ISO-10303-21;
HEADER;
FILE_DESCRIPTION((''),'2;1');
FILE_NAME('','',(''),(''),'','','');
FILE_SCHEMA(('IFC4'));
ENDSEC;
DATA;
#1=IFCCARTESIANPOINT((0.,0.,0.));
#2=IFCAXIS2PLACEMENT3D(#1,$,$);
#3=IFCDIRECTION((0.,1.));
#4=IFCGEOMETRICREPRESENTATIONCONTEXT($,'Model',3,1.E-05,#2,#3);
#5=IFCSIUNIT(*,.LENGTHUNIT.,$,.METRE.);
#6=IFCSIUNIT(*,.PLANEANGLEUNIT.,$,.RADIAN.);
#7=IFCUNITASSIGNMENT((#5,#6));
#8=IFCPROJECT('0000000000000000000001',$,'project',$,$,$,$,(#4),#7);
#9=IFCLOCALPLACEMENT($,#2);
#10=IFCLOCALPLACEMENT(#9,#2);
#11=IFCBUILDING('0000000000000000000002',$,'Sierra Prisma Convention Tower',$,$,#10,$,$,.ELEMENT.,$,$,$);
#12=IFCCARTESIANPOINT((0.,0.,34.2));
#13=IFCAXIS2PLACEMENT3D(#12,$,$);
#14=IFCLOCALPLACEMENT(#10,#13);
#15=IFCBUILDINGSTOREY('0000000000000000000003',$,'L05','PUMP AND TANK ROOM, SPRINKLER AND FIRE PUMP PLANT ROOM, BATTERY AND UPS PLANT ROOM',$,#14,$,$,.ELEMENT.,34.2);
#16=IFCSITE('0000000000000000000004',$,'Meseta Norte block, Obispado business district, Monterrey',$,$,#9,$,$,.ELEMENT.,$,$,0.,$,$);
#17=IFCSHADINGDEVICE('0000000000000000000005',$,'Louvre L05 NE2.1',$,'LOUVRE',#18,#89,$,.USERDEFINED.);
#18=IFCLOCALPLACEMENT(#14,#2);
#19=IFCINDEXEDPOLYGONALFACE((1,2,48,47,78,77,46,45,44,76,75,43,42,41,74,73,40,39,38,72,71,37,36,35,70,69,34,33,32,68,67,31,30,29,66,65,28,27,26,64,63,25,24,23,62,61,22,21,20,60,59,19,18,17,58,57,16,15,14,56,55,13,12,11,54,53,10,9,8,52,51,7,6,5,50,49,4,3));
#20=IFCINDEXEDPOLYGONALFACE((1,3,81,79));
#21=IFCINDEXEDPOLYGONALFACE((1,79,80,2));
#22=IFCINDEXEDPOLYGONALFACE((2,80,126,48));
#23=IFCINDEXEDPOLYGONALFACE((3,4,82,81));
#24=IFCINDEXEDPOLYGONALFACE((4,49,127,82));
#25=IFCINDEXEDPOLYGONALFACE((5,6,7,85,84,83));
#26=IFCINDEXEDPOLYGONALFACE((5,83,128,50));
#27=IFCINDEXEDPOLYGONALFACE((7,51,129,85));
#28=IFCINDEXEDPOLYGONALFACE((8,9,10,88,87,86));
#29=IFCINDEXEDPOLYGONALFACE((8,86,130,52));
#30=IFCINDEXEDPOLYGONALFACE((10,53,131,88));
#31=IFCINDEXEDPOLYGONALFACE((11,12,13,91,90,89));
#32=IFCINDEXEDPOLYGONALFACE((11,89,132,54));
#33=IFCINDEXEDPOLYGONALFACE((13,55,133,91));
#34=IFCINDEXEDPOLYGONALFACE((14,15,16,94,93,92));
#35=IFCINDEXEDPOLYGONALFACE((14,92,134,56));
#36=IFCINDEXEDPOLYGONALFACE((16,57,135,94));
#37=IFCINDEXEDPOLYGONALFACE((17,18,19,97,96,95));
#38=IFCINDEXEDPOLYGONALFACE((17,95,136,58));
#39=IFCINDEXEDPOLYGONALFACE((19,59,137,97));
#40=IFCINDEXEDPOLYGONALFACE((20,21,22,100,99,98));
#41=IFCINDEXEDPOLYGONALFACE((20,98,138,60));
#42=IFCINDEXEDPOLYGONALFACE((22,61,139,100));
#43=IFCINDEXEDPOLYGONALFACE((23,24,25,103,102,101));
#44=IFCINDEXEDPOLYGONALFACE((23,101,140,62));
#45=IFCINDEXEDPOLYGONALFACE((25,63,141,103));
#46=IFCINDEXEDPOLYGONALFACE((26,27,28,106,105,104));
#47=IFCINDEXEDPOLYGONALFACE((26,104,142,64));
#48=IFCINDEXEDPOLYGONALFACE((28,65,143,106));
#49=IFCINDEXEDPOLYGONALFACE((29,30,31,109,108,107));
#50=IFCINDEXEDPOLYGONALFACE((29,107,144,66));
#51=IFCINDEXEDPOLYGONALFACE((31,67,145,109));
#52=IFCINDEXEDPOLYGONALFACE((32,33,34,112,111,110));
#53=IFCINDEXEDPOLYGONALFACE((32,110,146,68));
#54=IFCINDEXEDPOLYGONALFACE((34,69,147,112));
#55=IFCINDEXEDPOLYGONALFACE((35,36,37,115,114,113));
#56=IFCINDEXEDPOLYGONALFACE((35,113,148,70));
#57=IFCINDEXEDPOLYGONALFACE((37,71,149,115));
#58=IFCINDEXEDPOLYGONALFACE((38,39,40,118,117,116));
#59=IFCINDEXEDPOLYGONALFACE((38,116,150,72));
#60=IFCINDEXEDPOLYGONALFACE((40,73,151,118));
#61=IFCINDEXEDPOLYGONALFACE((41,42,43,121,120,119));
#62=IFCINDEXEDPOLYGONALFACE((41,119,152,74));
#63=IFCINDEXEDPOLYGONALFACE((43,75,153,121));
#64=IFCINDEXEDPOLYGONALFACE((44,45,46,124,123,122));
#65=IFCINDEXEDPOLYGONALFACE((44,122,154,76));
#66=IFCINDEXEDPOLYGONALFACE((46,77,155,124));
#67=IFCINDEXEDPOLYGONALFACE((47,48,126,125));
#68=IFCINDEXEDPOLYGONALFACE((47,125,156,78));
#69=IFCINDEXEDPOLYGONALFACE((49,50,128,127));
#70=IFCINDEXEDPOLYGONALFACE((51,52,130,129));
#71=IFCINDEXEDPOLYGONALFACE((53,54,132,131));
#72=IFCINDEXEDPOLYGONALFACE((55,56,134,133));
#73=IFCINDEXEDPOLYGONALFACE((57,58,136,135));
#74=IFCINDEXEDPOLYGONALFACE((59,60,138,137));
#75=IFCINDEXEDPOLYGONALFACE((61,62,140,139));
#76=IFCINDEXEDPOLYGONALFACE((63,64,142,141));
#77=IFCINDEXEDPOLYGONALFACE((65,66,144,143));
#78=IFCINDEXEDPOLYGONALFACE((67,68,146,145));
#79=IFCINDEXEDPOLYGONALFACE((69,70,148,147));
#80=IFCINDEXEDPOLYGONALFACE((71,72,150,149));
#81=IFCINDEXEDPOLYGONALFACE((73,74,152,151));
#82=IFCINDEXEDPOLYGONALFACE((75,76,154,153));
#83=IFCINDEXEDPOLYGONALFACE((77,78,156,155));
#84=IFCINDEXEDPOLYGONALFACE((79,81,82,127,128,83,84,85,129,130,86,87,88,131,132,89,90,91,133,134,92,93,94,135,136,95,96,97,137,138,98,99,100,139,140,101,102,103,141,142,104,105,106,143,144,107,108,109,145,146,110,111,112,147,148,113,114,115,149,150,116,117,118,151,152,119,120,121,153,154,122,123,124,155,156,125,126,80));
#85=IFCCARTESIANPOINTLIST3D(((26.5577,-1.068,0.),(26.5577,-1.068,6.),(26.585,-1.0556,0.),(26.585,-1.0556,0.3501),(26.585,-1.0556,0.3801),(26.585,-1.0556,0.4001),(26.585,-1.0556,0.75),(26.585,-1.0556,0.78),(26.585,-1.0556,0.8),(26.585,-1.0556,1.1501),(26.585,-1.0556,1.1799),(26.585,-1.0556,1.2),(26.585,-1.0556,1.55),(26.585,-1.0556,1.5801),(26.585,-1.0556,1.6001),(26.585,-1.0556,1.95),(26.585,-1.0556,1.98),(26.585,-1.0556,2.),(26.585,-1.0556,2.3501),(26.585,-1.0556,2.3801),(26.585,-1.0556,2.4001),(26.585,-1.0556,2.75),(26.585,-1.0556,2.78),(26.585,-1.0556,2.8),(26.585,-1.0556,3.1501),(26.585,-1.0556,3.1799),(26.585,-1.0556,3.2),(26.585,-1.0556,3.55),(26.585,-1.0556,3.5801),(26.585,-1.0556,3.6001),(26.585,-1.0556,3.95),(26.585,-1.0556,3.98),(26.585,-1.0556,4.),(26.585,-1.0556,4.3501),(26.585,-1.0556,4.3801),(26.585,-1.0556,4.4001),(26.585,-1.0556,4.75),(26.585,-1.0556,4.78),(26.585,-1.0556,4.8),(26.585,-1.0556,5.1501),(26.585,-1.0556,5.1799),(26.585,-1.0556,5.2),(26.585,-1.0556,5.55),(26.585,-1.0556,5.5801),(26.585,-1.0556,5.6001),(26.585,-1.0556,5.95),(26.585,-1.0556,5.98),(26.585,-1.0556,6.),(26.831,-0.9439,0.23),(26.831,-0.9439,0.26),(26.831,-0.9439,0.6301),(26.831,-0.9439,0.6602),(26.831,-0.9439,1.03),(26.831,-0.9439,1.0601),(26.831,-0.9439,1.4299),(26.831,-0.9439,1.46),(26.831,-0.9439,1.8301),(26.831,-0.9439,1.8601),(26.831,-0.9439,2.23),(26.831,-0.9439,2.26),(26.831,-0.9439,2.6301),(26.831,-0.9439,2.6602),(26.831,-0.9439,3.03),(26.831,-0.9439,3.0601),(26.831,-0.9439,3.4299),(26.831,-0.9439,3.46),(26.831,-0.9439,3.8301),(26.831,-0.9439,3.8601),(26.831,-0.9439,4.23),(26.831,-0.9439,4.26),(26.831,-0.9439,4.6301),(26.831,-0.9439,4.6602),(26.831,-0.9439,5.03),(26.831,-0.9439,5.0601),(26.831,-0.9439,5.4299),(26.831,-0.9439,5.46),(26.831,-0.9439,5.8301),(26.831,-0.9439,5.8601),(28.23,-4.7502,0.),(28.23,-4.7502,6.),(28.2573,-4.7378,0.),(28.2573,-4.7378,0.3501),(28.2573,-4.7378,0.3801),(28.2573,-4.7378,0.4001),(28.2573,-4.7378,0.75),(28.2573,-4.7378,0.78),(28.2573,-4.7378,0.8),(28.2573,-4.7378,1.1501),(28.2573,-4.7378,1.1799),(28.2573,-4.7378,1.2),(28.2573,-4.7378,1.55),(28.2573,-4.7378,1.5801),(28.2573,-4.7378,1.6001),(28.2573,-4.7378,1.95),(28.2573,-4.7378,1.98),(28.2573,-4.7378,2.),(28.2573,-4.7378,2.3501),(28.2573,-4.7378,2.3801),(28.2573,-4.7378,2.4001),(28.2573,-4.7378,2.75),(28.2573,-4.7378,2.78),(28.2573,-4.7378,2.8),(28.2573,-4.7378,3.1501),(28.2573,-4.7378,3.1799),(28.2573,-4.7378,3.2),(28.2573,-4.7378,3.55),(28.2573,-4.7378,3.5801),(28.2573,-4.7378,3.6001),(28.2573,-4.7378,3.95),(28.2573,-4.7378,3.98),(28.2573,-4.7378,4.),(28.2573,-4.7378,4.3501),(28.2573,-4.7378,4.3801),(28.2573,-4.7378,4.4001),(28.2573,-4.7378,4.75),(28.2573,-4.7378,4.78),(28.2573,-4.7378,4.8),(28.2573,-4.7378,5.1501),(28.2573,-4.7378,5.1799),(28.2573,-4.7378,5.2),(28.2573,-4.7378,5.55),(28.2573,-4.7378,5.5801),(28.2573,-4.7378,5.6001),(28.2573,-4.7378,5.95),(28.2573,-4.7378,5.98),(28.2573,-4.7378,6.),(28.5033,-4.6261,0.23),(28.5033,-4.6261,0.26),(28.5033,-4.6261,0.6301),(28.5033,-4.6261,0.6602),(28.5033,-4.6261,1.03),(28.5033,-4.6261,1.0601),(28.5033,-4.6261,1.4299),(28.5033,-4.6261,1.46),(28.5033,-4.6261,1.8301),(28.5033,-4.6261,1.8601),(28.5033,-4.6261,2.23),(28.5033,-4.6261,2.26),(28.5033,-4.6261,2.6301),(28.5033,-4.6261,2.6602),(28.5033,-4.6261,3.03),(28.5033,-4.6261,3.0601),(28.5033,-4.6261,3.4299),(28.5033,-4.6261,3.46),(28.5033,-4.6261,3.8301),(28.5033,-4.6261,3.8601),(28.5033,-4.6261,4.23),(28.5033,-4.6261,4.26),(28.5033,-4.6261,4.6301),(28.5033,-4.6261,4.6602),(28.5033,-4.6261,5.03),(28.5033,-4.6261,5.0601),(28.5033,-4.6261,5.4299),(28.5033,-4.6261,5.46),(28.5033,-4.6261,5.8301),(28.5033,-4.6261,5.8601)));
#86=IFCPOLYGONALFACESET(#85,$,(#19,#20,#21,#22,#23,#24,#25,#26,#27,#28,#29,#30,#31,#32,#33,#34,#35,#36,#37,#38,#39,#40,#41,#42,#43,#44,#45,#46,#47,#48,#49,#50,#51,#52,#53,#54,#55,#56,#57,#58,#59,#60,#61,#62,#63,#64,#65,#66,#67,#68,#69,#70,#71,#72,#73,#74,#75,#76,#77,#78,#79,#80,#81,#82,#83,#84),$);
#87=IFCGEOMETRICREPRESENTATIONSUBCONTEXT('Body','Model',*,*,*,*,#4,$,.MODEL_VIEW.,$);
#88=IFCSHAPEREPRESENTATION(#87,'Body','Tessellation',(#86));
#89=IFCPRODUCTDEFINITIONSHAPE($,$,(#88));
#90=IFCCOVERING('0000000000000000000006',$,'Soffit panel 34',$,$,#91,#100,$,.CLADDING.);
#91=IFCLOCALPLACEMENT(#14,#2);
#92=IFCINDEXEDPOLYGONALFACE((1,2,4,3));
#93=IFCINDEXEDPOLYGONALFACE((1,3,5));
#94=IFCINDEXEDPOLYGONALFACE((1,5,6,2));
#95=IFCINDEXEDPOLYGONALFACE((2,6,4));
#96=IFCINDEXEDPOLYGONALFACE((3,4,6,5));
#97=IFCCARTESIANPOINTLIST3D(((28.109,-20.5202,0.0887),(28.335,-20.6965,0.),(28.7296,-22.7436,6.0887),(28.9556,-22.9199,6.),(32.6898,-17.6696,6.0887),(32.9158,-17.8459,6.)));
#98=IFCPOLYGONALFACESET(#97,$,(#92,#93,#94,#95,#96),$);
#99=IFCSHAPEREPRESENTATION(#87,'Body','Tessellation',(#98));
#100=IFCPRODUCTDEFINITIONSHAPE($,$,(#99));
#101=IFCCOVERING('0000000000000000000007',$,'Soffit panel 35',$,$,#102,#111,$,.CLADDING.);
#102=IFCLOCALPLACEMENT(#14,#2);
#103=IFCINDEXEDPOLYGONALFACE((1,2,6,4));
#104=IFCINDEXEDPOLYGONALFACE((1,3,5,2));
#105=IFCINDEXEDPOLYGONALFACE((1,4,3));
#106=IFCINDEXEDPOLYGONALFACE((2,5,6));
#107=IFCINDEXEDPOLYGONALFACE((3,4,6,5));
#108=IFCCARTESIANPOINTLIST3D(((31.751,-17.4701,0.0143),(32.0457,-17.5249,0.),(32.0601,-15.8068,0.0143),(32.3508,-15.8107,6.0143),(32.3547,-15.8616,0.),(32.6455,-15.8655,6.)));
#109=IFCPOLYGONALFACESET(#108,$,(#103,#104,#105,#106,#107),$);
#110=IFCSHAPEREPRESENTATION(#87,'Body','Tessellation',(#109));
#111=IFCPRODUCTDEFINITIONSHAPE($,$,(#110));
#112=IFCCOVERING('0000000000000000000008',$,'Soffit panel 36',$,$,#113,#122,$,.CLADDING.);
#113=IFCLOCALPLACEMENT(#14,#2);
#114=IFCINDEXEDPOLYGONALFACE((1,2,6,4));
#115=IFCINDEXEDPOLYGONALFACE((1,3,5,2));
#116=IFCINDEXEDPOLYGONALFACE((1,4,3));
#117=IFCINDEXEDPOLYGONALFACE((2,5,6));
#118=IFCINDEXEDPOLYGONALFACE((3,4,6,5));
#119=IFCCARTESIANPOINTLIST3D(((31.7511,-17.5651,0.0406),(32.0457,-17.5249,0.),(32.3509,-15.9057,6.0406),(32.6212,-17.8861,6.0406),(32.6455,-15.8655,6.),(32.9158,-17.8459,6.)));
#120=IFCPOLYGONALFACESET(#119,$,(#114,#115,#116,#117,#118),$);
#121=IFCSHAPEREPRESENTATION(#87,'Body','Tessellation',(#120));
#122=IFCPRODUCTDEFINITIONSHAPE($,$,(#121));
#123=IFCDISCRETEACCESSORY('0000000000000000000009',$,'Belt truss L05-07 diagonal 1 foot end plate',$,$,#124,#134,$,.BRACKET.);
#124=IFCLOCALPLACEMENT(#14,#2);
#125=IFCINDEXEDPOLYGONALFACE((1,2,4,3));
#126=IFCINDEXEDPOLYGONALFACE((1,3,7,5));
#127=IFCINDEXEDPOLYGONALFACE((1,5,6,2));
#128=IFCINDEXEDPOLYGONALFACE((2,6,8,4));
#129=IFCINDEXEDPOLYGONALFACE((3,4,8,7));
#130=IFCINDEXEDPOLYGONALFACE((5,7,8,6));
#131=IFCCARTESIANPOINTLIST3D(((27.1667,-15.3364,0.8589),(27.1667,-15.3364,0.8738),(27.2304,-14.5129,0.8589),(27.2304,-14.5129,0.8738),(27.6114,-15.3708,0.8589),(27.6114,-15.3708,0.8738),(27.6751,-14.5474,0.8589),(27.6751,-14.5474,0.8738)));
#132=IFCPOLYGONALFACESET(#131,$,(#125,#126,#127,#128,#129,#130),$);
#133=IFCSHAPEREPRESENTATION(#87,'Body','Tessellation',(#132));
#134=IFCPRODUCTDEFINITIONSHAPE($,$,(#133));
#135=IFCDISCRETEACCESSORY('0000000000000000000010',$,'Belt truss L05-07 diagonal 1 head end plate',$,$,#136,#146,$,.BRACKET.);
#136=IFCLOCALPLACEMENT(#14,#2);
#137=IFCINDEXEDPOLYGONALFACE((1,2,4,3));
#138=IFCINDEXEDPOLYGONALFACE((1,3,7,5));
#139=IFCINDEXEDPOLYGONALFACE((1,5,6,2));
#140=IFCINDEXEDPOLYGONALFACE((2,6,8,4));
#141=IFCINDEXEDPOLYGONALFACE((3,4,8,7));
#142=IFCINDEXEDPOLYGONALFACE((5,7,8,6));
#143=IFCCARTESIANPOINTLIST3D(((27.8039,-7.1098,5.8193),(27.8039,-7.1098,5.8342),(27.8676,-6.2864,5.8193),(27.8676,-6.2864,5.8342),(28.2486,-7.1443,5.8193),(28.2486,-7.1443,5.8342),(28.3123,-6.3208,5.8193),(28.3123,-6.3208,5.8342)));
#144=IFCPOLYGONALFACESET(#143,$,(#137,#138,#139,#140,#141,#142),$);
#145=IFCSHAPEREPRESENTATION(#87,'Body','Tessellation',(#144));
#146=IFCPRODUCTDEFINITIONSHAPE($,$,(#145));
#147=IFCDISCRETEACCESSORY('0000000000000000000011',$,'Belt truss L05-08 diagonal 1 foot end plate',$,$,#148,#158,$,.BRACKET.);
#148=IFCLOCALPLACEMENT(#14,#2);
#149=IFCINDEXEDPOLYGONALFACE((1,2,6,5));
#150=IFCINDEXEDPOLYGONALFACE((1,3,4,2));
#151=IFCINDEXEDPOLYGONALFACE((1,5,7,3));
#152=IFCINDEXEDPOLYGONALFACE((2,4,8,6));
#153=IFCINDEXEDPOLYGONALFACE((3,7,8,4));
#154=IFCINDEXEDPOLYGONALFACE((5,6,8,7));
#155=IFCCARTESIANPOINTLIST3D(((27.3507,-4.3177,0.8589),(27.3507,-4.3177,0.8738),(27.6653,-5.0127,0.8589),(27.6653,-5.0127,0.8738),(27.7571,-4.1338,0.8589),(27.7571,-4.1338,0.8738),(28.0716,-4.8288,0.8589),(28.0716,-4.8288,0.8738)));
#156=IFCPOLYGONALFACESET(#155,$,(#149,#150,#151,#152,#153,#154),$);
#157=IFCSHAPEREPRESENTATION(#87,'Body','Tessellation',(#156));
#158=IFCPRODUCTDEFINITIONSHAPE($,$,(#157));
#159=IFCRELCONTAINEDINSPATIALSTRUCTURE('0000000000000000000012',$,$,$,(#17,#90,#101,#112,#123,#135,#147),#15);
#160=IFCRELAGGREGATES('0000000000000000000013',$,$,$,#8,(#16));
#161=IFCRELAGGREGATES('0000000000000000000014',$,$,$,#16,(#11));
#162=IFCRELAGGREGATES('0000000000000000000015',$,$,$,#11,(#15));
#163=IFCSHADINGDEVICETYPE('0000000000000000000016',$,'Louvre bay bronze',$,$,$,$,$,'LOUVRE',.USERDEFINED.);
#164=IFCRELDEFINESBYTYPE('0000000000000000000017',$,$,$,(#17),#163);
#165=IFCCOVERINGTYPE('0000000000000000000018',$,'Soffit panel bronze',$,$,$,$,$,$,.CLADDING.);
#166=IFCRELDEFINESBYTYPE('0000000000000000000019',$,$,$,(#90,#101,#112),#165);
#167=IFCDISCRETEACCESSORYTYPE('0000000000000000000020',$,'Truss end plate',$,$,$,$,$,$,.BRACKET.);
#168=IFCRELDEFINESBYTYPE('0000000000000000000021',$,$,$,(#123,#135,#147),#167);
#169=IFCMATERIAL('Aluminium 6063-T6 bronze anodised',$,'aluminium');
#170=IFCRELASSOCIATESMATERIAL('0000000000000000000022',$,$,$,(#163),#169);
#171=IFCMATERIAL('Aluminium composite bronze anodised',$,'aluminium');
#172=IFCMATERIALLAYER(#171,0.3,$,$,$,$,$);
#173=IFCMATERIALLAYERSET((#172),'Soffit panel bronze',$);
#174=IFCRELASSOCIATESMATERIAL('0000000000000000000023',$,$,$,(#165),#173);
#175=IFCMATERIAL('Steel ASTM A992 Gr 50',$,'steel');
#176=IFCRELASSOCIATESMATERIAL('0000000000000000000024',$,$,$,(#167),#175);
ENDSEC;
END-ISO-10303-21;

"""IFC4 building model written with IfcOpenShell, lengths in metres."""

from ifc_helpers import new_model, si_unit, direction, frame, origin, origin_2d, place, context, subcontext, project, spatial, polyline, rectangle, outline, extrude, material, layer, layer_set, type_object, element, save


model = new_model("IFC4")

# Units and contexts
model_context = context("Model", 3, precision=1e-05, world=origin(), true_north=direction((0.0, 1.0)))
body_context = subcontext(model_context, "Body", "Model", "MODEL_VIEW")
ifc_project = project(units=[si_unit("LENGTHUNIT", "METRE"), si_unit("PLANEANGLEUNIT", "RADIAN")], contexts=[model_context])

# Site, building, storey
site_placement = place(None, origin())
site = spatial("IfcSite", under=ifc_project, at=site_placement, Name="Meseta Norte block, Obispado business district, Monterrey", CompositionType="ELEMENT", RefElevation=0.0)
building_placement = place(site_placement, origin())
building = spatial("IfcBuilding", under=site, at=building_placement, Name="Sierra Prisma Convention Tower", CompositionType="ELEMENT")
storey_placement = place(building_placement, frame((0.0, 0.0, 34.2)))
storey = spatial("IfcBuildingStorey", under=building, at=storey_placement, Name="L05", Description="PUMP AND TANK ROOM, SPRINKLER AND FIRE PUMP PLANT ROOM, BATTERY AND UPS PLANT ROOM", CompositionType="ELEMENT", Elevation=34.2)

# Shading device
ifc_material_1 = material(Name="Aluminium 6063-T6 bronze anodised", Category="aluminium")
shading_device_type = type_object("IfcShadingDeviceType", Name="Louvre bay bronze", ElementType="LOUVRE", PredefinedType="USERDEFINED", material=ifc_material_1)
shading_device_1_placement = place(storey_placement, frame((28.23, -4.7502, 0.0), z_axis=(0.41351, -0.910499, 0.0), x_axis=(0.0, 0.0, 1.0)))
element("IfcShadingDevice", 1, at=shading_device_1_placement, inside=storey, type_object=shading_device_type, Name="Louvre L05 NE2.1", ObjectType="LOUVRE", PredefinedType="USERDEFINED", context=body_context, shape_type="SweptSolid", body=[
    extrude(outline(polyline([(0.0, 0.0), (6.0, 0.0), (6.0, -0.03), (5.98, -0.03), (5.8601, -0.3001), (5.8301, -0.3001), (5.95, -0.03), (5.6001, -0.03), (5.5801, -0.03), (5.46, -0.3001), (5.4299, -0.3001), (5.55, -0.03), (5.2, -0.03), (5.1799, -0.03), (5.0601, -0.3001), (5.03, -0.3001), (5.1501, -0.03), (4.8, -0.03), (4.78, -0.03), (4.6602, -0.3001), (4.6301, -0.3001), (4.75, -0.03), (4.4001, -0.03), (4.3801, -0.03), (4.26, -0.3001), (4.23, -0.3001), (4.3501, -0.03), (4.0, -0.03), (3.98, -0.03), (3.8601, -0.3001), (3.8301, -0.3001), (3.95, -0.03), (3.6001, -0.03), (3.5801, -0.03), (3.46, -0.3001), (3.4299, -0.3001), (3.55, -0.03), (3.2, -0.03), (3.1799, -0.03), (3.0601, -0.3001), (3.03, -0.3001), (3.1501, -0.03), (2.8, -0.03), (2.78, -0.03), (2.6602, -0.3001), (2.6301, -0.3001), (2.75, -0.03), (2.4001, -0.03), (2.3801, -0.03), (2.26, -0.3001), (2.23, -0.3001), (2.3501, -0.03), (2.0, -0.03), (1.98, -0.03), (1.8601, -0.3001), (1.8301, -0.3001), (1.95, -0.03), (1.6001, -0.03), (1.5801, -0.03), (1.46, -0.3001), (1.4299, -0.3001), (1.55, -0.03), (1.2, -0.03), (1.1799, -0.03), (1.0601, -0.3001), (1.03, -0.3001), (1.1501, -0.03), (0.8, -0.03), (0.78, -0.03), (0.6602, -0.3001), (0.6301, -0.3001), (0.75, -0.03), (0.4001, -0.03), (0.3801, -0.03), (0.26, -0.3001), (0.23, -0.3001), (0.3501, -0.03), (0.0, -0.03), (0.0, 0.0)])), origin(), (0.0, 0.0, -1.0), 4.0442),
])

# Coverings
ifc_material_2 = material(Name="Aluminium composite bronze anodised", Category="aluminium")
ifc_layer_1 = layer(ifc_material_2, 0.3)
ifc_layer_set_1 = layer_set([ifc_layer_1], Name="Soffit panel bronze")
covering_type = type_object("IfcCoveringType", Name="Soffit panel bronze", PredefinedType="CLADDING", material=ifc_layer_set_1)
covering_1_placement = place(storey_placement, frame((28.335, -20.6965, 0.0), z_axis=(0.753062, -0.58776, -0.295696), x_axis=(0.567701, 0.353274, 0.743581)))
element("IfcCovering", 2, at=covering_1_placement, inside=storey, type_object=covering_type, Name="Soffit panel 34", PredefinedType="CLADDING", context=body_context, shape_type="SweptSolid", body=[
    extrude(outline(polyline([(0.0, 0.0), (8.0691, 0.0), (4.0283, 5.0101), (0.0, 0.0)])), origin(), (0.0, 0.0, -1.0), 0.3),
])
covering_2_placement = place(storey_placement, frame((32.0457, -17.5249, 0.0), z_axis=(0.98205, -0.182486, -0.047711), x_axis=(0.182694, 0.98317, 0.0)))
element("IfcCovering", 3, at=covering_2_placement, inside=storey, type_object=covering_type, Name="Soffit panel 35", PredefinedType="CLADDING", context=body_context, shape_type="SweptSolid", body=[
    extrude(outline(polyline([(0.0, 0.0), (1.6918, 0.0), (1.7411, 6.0068), (0.0, 0.0)])), origin(), (0.0, 0.0, -1.0), 0.3),
])
covering_3_placement = place(storey_placement, frame((32.0457, -17.5249, 0.0), z_axis=(0.981719, 0.13397, -0.1352), x_axis=(0.095914, 0.265335, 0.959374)))
element("IfcCovering", 4, at=covering_3_placement, inside=storey, type_object=covering_type, Name="Soffit panel 36", PredefinedType="CLADDING", context=body_context, shape_type="SweptSolid", body=[
    extrude(outline(polyline([(0.0, 0.0), (6.2541, 0.0), (5.7545, 1.9354), (0.0, 0.0)])), origin(), (0.0, 0.0, -1.0), 0.3),
])

# Discrete accessories
ifc_material_3 = material(Name="Steel ASTM A992 Gr 50", Category="steel")
discrete_accessory_type = type_object("IfcDiscreteAccessoryType", Name="Truss end plate", PredefinedType="BRACKET", material=ifc_material_3)
for number, where, z_axis, x_axis, name in (
    (5, (27.4209, -14.9419, 0.8589), (0.0, 0.0, 1.0), (0.077201, 0.997016, 0.0), "Belt truss L05-07 diagonal 1 foot end plate"),
    (6, (28.0581, -6.7153, 5.8193), (0.0, 0.0, 1.0), (0.077201, 0.997016, 0.0), "Belt truss L05-07 diagonal 1 head end plate"),
):
    element("IfcDiscreteAccessory", number, at=place(storey_placement, frame(where, z_axis=z_axis, x_axis=x_axis)), inside=storey, type_object=discrete_accessory_type, Name=name, PredefinedType="BRACKET", context=body_context, shape_type="SweptSolid", body=[
        extrude(rectangle(XDim=0.8259, YDim=0.446, at=origin_2d()), origin(), (0.0, 0.0, 1.0), 0.0149),
    ])
discrete_accessory_placement = place(storey_placement, frame((27.7112, -4.5732, 0.8589), z_axis=(0.0, 0.0, 1.0), x_axis=(-0.412298, 0.911049, 0.0)))
element("IfcDiscreteAccessory", 7, at=discrete_accessory_placement, inside=storey, type_object=discrete_accessory_type, Name="Belt truss L05-08 diagonal 1 foot end plate", PredefinedType="BRACKET", context=body_context, shape_type="SweptSolid", body=[
    extrude(rectangle(XDim=0.7629, YDim=0.446, at=origin_2d()), origin(), (0.0, 0.0, 1.0), 0.0149),
])

save(model, "model.ifc")
